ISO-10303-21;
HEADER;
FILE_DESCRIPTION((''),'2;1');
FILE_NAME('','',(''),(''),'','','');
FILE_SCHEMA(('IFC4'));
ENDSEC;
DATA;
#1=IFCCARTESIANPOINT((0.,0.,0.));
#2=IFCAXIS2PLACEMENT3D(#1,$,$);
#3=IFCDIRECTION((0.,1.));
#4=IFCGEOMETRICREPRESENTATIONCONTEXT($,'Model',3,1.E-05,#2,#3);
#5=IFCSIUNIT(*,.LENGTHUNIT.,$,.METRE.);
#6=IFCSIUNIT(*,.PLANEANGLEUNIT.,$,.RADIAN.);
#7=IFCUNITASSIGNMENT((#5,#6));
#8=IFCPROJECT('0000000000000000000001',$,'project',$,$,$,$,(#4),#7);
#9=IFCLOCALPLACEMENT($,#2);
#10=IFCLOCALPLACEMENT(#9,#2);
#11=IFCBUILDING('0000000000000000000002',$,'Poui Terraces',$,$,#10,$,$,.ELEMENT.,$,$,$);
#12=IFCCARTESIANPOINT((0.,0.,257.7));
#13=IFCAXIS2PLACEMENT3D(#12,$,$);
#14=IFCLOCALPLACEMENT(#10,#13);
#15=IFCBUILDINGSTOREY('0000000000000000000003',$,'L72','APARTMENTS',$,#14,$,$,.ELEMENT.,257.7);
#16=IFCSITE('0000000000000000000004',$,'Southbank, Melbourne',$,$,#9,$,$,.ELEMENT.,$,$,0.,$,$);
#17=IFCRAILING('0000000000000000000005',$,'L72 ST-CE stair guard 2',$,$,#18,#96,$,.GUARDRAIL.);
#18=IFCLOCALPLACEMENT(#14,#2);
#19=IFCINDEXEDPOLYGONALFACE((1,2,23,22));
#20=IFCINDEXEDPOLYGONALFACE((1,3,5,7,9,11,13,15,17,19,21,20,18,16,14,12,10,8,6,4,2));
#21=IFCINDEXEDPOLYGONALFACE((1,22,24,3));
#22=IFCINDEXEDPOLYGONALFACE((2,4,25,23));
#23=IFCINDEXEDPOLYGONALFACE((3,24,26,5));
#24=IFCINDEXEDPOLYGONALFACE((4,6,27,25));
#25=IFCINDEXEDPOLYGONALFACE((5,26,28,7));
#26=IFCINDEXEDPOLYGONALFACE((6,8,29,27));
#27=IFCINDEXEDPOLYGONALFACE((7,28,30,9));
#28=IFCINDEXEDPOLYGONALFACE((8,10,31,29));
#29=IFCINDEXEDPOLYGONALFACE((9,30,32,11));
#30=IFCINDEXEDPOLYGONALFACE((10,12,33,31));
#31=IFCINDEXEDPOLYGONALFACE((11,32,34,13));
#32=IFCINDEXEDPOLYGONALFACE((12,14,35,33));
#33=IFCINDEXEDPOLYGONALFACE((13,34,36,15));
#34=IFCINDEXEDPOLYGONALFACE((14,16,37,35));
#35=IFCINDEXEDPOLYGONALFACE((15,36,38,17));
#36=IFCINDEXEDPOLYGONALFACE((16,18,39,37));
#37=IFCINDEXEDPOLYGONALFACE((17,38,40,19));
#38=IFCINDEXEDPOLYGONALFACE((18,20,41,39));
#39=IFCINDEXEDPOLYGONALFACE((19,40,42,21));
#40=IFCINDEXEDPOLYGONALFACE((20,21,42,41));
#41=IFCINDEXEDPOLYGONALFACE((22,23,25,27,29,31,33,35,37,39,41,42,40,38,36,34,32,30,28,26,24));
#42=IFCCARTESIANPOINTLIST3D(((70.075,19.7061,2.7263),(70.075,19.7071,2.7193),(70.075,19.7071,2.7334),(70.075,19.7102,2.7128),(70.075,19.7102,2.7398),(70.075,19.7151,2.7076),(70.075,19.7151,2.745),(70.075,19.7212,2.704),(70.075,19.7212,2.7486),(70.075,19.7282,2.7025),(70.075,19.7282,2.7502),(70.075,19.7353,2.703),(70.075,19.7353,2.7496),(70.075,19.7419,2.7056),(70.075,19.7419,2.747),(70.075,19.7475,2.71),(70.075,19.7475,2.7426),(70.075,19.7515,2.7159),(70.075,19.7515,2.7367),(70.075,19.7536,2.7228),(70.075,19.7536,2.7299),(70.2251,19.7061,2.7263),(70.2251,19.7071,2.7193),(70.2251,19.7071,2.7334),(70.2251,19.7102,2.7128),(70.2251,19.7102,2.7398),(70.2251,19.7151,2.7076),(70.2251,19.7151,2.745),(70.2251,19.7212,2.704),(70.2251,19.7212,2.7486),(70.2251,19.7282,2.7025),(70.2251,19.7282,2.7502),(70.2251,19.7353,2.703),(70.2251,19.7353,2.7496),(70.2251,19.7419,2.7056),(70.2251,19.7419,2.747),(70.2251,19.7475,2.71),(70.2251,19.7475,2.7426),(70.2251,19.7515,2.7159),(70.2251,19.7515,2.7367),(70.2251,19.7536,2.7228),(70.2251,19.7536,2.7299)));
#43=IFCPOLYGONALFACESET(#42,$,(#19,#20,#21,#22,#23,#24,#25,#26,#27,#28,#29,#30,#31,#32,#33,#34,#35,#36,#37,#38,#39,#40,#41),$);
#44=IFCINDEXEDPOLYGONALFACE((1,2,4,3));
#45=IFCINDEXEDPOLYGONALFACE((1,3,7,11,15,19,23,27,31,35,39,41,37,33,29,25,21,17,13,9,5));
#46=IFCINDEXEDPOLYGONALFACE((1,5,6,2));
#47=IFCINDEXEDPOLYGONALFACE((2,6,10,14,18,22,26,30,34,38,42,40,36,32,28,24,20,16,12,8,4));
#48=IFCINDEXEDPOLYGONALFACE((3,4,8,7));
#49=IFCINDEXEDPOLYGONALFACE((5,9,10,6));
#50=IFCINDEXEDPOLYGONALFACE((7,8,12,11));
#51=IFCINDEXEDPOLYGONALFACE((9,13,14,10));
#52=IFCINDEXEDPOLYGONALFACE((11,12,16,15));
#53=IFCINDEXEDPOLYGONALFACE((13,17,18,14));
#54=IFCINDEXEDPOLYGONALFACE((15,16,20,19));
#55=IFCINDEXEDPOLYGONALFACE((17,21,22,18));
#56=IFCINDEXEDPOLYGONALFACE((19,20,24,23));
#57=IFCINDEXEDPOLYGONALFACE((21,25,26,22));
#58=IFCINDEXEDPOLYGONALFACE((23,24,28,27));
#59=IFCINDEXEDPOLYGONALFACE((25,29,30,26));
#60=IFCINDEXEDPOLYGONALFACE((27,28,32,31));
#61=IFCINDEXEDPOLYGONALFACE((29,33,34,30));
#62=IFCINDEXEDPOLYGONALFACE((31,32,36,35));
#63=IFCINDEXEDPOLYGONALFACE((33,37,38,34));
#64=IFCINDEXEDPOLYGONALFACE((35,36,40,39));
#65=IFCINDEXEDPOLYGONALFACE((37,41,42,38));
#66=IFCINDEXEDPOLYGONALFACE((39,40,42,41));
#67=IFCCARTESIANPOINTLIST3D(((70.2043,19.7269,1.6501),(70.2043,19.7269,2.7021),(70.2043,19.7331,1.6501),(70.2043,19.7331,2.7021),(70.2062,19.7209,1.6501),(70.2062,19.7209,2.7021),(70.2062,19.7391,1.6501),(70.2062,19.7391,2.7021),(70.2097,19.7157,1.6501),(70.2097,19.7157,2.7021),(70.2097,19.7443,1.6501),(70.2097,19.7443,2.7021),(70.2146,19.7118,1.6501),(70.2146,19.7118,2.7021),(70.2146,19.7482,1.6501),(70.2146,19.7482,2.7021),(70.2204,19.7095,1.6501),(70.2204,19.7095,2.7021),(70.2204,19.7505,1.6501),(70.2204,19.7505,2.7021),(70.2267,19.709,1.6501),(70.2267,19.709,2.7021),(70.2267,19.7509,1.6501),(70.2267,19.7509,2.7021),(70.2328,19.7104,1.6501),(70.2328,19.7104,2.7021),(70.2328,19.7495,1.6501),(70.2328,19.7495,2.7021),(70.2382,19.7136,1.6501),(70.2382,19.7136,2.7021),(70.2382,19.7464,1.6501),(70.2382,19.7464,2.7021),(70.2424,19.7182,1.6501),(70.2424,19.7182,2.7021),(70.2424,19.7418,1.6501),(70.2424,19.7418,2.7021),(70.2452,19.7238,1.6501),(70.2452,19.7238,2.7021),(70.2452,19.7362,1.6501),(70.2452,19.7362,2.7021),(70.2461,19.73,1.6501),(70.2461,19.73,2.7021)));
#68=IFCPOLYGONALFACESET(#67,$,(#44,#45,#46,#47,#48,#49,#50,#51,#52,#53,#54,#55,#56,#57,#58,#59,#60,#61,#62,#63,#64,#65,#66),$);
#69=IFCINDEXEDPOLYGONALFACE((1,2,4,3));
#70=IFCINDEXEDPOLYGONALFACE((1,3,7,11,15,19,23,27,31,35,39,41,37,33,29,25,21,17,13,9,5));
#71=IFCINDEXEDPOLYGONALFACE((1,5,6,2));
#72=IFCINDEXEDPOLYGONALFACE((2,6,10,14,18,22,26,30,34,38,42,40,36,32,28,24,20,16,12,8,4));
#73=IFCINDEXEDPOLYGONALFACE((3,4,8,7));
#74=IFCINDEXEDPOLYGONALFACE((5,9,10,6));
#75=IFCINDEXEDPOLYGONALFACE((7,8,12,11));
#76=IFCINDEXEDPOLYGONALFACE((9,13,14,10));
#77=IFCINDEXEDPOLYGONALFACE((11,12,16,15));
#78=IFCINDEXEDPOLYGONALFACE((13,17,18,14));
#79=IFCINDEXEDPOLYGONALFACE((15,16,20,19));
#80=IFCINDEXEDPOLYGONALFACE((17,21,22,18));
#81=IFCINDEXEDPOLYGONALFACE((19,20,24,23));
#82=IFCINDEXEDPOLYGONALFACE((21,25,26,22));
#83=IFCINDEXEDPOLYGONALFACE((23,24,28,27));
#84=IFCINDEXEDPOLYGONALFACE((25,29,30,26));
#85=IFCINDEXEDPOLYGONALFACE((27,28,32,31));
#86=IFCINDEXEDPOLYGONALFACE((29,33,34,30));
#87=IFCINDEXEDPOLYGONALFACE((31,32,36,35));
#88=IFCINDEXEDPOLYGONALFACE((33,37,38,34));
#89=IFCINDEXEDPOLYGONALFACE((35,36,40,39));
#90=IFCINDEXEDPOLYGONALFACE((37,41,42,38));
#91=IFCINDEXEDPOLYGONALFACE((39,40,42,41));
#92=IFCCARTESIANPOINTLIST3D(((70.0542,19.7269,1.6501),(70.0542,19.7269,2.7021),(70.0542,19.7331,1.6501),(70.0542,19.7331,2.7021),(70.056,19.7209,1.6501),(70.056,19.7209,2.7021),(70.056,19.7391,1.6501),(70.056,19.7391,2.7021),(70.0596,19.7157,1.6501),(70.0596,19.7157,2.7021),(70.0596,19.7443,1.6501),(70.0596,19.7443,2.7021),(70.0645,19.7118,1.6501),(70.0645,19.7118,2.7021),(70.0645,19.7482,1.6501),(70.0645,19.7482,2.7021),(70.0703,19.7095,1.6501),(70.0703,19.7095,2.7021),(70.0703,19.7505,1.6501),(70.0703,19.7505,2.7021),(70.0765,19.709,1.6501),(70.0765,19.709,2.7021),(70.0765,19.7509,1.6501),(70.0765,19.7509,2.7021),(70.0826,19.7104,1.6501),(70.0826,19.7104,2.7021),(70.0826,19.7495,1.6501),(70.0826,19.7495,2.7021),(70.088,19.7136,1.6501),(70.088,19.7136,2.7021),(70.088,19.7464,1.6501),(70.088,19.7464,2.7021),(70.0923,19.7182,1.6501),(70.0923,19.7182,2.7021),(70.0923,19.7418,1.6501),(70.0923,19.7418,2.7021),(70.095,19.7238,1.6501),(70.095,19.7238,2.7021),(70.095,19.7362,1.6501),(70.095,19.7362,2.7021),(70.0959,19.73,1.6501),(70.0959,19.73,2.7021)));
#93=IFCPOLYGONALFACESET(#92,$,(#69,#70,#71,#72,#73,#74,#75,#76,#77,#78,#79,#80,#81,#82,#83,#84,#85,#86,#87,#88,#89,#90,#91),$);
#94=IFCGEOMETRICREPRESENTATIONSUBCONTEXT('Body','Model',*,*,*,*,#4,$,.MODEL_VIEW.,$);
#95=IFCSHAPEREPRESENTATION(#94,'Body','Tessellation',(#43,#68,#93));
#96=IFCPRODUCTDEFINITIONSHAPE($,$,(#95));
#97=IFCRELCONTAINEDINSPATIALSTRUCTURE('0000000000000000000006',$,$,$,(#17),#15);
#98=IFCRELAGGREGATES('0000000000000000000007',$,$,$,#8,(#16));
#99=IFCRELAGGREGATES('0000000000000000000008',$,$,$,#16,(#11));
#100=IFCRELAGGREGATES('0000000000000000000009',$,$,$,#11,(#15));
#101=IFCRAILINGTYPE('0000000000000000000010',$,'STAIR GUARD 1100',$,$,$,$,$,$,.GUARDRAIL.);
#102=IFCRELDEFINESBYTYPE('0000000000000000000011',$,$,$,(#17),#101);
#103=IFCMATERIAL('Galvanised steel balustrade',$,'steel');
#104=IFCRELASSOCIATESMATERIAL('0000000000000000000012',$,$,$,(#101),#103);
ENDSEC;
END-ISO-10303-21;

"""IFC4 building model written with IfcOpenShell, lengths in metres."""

from ifc_helpers import new_model, si_unit, direction, frame, origin, origin_2d, place, context, subcontext, project, spatial, circle, extrude, material, type_object, element, save


model = new_model("IFC4")

# Units and contexts
model_context = context("Model", 3, precision=1e-05, world=origin(), true_north=direction((0.0, 1.0)))
body_context = subcontext(model_context, "Body", "Model", "MODEL_VIEW")
ifc_project = project(units=[si_unit("LENGTHUNIT", "METRE"), si_unit("PLANEANGLEUNIT", "RADIAN")], contexts=[model_context])

# Site, building, storey
site_placement = place(None, origin())
site = spatial("IfcSite", under=ifc_project, at=site_placement, Name="Southbank, Melbourne", CompositionType="ELEMENT", RefElevation=0.0)
building_placement = place(site_placement, origin())
building = spatial("IfcBuilding", under=site, at=building_placement, Name="Poui Terraces", CompositionType="ELEMENT")
storey_placement = place(building_placement, frame((0.0, 0.0, 257.7)))
storey = spatial("IfcBuildingStorey", under=building, at=storey_placement, Name="L72", Description="APARTMENTS", CompositionType="ELEMENT", Elevation=257.7)

# Railing
ifc_material_1 = material(Name="Galvanised steel balustrade", Category="steel")
railing_type_1 = type_object("IfcRailingType", Name="STAIR GUARD 1100", PredefinedType="GUARDRAIL", material=ifc_material_1)
railing_1_placement = place(storey_placement, frame((70.2251, 19.73, 1.6501)))
element("IfcRailing", 1, at=railing_1_placement, inside=storey, type_object=railing_type_1, Name="L72 ST-CE stair guard 2", PredefinedType="GUARDRAIL", context=body_context, shape_type="SweptSolid", body=[
    extrude(circle(Radius=0.0239, at=origin_2d()), frame((0.0, 0.0, 1.0762), z_axis=(-1.0, 0.0, 0.0), x_axis=(0.0, -1.0, 0.0)), (0.0, 0.0, 1.0), 0.1501),
    extrude(circle(Radius=0.021, at=origin_2d()), origin(), (0.0, 0.0, 1.0), 1.052),
    extrude(circle(Radius=0.021, at=origin_2d()), frame((-0.1501, 0.0, 0.0)), (0.0, 0.0, 1.0), 1.052),
])

save(model, "model.ifc")
